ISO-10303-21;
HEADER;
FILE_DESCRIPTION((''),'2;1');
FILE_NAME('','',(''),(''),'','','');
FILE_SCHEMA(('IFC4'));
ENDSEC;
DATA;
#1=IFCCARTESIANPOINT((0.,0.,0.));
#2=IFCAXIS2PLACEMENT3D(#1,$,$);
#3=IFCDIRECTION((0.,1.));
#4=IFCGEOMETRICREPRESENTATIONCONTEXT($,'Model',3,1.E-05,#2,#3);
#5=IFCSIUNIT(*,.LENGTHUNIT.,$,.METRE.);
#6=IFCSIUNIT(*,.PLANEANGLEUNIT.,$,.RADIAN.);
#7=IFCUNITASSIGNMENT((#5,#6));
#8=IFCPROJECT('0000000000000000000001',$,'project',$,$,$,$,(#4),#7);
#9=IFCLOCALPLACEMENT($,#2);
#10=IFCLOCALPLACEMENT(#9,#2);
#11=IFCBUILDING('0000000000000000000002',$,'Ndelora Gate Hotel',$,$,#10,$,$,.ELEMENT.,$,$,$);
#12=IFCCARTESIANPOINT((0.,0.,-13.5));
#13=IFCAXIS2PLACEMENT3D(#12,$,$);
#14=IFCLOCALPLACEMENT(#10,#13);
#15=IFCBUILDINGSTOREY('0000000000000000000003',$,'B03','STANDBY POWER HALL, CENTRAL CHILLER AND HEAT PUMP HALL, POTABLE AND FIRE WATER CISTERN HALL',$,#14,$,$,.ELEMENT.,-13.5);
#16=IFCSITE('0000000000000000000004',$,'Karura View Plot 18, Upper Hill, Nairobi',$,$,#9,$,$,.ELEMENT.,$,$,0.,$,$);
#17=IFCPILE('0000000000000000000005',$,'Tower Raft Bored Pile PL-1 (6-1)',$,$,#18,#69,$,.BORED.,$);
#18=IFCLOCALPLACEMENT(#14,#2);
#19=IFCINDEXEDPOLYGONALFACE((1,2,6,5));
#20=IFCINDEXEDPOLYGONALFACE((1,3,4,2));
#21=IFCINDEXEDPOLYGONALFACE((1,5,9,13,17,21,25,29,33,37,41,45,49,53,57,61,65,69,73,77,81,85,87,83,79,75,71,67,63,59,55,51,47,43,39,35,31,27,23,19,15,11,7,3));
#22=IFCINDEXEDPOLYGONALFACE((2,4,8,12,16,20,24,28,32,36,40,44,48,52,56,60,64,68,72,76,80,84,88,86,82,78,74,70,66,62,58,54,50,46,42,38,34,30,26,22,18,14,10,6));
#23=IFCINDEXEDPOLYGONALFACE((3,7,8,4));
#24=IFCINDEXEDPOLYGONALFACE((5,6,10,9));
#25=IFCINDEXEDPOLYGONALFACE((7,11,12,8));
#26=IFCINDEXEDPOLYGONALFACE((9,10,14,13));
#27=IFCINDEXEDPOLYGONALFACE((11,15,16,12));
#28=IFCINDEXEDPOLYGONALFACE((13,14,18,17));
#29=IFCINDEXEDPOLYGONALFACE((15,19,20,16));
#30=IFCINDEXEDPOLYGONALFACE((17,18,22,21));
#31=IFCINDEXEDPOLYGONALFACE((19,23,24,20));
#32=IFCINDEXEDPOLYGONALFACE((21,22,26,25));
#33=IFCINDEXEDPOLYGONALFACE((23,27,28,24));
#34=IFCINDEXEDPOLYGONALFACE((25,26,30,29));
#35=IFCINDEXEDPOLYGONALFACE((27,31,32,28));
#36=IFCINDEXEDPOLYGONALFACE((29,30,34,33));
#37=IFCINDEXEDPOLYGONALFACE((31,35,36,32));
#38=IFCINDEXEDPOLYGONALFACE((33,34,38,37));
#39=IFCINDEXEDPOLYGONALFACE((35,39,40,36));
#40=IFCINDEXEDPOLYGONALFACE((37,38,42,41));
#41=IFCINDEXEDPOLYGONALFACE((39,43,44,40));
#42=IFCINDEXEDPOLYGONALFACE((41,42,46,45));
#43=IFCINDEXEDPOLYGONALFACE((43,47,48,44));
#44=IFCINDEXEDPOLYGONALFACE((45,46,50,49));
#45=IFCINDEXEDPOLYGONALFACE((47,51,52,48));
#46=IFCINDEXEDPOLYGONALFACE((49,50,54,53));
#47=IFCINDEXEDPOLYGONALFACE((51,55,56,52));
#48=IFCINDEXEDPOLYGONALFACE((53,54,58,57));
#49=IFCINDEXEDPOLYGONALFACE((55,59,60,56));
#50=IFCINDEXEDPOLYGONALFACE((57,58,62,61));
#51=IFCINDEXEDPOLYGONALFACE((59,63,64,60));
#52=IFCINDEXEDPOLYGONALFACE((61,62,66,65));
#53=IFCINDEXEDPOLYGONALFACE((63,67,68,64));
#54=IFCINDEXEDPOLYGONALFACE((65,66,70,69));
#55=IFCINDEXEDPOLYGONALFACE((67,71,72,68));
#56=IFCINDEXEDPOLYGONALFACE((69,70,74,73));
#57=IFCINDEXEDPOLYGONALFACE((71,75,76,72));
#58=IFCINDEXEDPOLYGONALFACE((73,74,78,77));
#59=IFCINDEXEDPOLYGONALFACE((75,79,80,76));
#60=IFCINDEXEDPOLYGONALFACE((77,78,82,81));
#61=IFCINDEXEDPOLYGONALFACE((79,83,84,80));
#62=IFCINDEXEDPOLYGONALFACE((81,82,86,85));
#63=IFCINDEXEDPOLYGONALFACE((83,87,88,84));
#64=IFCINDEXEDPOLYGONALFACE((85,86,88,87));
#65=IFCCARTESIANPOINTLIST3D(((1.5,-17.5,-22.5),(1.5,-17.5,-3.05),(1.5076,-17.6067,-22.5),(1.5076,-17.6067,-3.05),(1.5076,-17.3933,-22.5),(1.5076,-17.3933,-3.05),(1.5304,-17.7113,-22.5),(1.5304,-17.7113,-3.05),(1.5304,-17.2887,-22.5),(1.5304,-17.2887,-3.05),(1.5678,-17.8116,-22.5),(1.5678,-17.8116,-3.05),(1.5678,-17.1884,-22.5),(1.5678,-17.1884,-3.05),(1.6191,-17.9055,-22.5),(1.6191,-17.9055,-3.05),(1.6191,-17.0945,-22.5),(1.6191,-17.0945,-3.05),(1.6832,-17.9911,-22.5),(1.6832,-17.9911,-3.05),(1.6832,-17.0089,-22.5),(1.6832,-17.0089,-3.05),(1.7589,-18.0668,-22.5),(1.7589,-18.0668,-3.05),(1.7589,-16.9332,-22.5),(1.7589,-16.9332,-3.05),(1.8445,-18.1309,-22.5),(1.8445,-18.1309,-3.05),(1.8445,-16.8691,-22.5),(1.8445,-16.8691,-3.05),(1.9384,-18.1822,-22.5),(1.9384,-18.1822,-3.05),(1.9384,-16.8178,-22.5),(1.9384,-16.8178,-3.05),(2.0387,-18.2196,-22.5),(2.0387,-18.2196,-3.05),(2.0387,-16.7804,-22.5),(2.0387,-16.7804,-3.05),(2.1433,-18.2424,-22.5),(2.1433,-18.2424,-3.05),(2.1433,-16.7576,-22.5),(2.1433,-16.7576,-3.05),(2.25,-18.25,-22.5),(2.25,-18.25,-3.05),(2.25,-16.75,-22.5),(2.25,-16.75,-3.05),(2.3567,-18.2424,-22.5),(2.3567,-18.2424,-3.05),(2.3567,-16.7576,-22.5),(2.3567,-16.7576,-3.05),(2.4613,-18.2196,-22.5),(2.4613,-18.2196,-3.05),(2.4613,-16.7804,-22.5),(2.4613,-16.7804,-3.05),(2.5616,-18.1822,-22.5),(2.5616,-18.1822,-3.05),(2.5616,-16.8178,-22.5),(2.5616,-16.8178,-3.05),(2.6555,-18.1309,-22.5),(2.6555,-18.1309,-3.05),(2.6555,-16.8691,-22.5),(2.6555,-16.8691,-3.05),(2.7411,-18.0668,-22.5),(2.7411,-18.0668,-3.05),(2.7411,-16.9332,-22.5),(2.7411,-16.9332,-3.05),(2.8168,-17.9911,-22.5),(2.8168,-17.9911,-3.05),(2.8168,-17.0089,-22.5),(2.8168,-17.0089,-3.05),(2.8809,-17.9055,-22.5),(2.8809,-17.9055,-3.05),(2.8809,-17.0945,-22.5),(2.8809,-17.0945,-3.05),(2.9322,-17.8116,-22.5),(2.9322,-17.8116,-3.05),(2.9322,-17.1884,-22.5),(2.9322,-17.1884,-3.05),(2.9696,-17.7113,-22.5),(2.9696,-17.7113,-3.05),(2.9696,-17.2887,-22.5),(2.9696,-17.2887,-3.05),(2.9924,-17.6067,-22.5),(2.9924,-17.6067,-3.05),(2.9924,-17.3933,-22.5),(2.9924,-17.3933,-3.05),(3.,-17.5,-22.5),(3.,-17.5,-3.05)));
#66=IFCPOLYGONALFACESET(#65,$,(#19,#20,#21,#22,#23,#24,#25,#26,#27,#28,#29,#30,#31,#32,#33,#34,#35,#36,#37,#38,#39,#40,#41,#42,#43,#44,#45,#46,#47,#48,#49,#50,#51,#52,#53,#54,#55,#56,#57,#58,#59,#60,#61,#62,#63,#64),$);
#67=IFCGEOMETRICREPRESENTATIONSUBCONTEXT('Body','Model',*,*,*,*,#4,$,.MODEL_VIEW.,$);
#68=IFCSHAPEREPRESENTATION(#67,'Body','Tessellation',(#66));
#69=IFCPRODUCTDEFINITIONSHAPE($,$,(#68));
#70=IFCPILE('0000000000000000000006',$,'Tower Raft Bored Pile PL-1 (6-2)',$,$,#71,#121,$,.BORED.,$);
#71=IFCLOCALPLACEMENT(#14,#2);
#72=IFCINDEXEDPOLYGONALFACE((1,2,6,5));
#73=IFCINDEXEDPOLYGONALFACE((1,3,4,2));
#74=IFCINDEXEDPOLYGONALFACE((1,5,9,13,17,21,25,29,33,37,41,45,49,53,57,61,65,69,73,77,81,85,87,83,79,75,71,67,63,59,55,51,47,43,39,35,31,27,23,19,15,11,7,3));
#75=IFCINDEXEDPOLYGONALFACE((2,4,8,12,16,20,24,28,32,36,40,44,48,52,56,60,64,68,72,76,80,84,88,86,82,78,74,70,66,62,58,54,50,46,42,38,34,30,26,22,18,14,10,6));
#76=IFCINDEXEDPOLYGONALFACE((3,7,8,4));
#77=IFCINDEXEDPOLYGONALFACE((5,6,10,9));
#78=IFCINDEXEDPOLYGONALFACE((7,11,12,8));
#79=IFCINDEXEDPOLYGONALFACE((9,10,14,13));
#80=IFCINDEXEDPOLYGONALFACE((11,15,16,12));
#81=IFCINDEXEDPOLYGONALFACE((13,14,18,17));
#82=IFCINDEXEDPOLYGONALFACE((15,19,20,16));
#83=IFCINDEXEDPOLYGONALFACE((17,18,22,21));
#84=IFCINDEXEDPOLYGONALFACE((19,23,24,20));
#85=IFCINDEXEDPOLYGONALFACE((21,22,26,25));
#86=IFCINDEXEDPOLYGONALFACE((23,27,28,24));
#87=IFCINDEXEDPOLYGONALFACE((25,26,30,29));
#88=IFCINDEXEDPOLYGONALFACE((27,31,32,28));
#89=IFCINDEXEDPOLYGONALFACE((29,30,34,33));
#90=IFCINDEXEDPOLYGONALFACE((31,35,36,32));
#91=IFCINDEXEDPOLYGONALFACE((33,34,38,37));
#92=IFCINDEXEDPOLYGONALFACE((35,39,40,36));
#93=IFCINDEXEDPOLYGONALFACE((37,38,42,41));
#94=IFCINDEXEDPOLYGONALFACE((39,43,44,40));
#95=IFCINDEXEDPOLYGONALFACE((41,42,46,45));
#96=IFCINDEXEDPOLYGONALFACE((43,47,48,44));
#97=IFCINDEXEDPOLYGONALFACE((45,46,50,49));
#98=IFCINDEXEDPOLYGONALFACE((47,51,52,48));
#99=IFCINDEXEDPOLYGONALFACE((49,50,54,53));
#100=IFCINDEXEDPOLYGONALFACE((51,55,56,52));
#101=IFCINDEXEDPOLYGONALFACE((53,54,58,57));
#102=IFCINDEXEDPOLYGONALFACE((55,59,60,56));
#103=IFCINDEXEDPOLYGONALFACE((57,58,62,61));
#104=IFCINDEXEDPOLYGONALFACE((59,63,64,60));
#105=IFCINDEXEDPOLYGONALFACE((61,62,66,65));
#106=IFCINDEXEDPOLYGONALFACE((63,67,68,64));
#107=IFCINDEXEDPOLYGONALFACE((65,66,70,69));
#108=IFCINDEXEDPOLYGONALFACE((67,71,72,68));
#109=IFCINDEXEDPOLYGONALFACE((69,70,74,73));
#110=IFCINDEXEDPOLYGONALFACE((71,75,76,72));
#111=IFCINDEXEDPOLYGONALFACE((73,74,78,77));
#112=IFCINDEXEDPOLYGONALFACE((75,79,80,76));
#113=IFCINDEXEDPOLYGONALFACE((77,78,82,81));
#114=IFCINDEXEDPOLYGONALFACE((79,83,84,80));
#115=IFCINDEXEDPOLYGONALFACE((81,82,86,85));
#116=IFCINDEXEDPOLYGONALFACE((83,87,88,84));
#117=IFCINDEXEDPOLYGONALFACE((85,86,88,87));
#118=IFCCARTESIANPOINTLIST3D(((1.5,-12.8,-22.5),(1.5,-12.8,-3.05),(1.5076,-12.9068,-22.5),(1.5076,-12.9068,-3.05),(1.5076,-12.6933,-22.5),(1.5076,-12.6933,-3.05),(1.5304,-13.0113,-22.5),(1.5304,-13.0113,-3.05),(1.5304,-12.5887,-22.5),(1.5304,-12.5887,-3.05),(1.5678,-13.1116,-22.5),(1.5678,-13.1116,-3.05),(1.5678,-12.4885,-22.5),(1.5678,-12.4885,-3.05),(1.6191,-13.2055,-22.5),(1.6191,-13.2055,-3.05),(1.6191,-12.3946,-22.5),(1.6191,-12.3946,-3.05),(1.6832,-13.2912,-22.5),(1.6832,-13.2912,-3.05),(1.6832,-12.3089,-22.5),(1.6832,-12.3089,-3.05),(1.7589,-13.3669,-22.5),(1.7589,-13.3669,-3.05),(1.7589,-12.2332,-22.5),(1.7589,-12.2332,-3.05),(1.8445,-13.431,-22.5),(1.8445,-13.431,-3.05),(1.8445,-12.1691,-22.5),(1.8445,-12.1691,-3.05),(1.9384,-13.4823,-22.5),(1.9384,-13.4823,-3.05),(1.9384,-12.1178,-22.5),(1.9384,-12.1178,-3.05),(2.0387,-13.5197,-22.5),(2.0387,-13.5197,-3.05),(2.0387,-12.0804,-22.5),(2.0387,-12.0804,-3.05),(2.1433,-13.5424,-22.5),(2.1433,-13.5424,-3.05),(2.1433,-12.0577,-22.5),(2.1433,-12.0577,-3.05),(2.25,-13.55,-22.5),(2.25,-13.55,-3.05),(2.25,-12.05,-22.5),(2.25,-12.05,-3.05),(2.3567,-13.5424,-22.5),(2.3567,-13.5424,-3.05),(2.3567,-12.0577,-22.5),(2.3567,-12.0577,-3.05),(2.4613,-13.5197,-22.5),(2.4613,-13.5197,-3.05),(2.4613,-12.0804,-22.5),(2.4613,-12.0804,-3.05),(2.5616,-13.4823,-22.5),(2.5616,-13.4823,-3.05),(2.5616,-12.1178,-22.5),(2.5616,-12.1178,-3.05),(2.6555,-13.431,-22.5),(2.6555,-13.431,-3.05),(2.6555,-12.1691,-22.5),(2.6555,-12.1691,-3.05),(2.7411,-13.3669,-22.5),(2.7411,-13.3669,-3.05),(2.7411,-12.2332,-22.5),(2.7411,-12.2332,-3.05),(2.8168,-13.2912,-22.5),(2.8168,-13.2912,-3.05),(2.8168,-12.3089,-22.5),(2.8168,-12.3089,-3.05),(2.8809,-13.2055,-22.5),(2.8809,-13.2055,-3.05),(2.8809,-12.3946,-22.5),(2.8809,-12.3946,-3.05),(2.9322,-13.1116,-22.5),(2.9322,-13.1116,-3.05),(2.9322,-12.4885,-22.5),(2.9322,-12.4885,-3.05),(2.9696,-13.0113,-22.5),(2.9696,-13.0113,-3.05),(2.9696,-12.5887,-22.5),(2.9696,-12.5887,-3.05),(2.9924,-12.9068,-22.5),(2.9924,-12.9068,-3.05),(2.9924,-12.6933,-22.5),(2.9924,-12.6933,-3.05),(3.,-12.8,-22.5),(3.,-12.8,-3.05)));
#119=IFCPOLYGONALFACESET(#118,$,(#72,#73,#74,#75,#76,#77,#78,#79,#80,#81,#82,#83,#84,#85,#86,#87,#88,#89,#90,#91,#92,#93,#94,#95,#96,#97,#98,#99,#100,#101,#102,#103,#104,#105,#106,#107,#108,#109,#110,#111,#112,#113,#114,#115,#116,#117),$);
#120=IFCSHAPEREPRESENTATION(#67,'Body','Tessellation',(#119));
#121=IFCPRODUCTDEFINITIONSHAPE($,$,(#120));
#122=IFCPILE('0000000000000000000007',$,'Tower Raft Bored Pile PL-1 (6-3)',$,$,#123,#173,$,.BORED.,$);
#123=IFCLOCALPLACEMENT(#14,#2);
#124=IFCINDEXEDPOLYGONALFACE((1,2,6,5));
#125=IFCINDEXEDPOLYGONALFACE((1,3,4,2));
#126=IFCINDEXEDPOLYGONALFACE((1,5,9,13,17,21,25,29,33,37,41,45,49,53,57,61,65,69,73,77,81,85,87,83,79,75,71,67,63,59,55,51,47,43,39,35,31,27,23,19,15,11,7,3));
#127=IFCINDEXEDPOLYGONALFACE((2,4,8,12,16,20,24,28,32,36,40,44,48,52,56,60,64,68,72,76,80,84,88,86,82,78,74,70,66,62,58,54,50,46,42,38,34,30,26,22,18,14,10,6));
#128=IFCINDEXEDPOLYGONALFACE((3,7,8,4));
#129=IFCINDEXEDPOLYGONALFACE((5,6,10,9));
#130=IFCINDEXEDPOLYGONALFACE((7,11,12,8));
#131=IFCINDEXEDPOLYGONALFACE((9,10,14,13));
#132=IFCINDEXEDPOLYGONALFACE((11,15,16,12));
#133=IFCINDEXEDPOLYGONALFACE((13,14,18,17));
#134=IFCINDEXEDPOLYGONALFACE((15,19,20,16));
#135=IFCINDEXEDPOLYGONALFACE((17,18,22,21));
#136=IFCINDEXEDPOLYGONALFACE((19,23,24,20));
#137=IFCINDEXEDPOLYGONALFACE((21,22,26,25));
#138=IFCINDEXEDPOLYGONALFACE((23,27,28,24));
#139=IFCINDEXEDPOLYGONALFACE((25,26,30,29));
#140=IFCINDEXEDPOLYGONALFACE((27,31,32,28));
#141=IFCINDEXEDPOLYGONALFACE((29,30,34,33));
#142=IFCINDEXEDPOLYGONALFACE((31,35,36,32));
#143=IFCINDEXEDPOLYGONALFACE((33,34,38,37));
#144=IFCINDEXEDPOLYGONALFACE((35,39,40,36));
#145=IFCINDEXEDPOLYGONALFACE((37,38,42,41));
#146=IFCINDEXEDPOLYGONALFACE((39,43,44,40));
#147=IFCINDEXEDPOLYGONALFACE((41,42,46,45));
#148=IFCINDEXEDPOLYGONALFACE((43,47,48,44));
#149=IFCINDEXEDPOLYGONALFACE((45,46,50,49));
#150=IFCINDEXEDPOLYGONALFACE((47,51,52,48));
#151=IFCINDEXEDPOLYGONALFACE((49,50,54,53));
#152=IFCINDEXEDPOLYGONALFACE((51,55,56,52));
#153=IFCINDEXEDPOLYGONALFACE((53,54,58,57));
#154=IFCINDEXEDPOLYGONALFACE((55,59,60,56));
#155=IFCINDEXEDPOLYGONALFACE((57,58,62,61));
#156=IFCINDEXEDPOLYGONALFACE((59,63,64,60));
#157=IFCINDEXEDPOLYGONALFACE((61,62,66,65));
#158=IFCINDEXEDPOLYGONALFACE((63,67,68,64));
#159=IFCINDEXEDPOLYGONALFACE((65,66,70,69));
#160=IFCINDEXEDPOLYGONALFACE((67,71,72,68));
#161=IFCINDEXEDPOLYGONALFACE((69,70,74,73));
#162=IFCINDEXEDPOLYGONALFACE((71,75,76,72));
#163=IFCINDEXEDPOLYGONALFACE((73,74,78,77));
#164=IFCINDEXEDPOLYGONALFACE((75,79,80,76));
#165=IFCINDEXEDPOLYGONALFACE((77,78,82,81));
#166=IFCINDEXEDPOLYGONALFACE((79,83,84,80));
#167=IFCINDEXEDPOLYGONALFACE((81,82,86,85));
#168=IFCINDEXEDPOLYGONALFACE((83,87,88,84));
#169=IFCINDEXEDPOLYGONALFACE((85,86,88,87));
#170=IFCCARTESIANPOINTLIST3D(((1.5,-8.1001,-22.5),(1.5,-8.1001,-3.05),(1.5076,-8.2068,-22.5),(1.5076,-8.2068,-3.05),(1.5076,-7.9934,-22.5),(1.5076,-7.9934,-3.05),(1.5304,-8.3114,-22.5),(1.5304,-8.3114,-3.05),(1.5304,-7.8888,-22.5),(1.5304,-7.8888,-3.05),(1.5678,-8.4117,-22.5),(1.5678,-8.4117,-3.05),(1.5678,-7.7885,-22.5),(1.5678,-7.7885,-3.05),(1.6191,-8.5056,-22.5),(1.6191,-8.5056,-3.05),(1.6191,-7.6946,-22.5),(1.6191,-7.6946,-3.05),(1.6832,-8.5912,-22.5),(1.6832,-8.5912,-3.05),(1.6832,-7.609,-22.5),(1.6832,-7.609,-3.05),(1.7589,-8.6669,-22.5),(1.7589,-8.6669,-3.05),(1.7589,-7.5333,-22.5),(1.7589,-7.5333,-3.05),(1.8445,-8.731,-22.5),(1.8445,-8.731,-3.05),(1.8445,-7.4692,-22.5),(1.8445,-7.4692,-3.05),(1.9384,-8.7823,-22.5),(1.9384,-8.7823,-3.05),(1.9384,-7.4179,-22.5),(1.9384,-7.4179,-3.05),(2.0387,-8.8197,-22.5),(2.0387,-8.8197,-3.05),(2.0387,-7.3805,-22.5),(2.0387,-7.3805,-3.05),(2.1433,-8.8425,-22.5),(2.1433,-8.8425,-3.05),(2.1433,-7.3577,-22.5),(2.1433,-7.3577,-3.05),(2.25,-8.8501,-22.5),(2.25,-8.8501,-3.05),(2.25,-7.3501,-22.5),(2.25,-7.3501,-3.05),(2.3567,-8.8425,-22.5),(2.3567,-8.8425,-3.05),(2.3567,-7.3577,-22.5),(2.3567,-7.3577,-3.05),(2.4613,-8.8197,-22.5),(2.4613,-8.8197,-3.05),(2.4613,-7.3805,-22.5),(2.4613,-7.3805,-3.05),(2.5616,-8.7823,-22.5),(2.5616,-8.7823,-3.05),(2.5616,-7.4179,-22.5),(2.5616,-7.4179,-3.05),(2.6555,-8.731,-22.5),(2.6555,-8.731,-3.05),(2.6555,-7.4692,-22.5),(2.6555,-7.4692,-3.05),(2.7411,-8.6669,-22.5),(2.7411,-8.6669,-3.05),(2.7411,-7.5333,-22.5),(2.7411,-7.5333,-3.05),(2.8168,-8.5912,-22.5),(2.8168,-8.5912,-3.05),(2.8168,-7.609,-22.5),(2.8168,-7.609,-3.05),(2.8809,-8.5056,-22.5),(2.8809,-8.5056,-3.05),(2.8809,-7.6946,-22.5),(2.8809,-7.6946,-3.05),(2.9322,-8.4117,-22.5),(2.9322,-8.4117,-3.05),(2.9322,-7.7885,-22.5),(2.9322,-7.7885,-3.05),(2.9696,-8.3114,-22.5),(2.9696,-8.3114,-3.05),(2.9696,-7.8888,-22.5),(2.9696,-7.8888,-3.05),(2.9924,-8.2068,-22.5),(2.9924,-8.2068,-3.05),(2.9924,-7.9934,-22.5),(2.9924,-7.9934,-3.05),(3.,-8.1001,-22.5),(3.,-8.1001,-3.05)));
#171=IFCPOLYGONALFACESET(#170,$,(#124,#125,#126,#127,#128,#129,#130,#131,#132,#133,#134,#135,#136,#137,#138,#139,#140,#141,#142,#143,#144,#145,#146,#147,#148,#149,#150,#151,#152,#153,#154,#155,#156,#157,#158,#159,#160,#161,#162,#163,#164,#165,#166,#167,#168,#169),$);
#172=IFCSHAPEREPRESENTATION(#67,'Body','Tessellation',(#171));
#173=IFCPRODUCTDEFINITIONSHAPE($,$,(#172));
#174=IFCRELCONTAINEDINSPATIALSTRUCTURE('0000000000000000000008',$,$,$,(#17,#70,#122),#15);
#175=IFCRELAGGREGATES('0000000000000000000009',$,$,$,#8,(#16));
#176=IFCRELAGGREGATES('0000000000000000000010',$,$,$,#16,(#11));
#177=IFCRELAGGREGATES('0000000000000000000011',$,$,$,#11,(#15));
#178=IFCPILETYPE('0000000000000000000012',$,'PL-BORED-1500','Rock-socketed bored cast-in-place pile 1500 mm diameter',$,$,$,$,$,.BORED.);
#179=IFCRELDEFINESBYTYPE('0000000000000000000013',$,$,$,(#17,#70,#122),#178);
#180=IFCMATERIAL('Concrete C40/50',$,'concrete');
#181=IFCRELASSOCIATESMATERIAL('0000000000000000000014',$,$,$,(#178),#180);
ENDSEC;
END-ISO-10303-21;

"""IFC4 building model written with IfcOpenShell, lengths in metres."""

from ifc_helpers import new_model, si_unit, direction, frame, origin, origin_2d, place, context, subcontext, project, spatial, circle, extrude, material, material_profile, profile_set, type_object, element, save


model = new_model("IFC4")

# Units and contexts
model_context = context("Model", 3, precision=1e-05, world=origin(), true_north=direction((0.0, 1.0)))
body_context = subcontext(model_context, "Body", "Model", "MODEL_VIEW")
ifc_project = project(units=[si_unit("LENGTHUNIT", "METRE"), si_unit("PLANEANGLEUNIT", "RADIAN")], contexts=[model_context])

# Site, building, storey
site_placement = place(None, origin())
site = spatial("IfcSite", under=ifc_project, at=site_placement, Name="Karura View Plot 18, Upper Hill, Nairobi", CompositionType="ELEMENT", RefElevation=0.0)
building_placement = place(site_placement, origin())
building = spatial("IfcBuilding", under=site, at=building_placement, Name="Ndelora Gate Hotel", CompositionType="ELEMENT")
storey_placement = place(building_placement, frame((0.0, 0.0, -13.5)))
storey = spatial("IfcBuildingStorey", under=building, at=storey_placement, Name="B03", Description="STANDBY POWER HALL, CENTRAL CHILLER AND HEAT PUMP HALL, POTABLE AND FIRE WATER CISTERN HALL", CompositionType="ELEMENT", Elevation=-13.5)

# Piles
ifc_material_1 = material(Name="Concrete C40/50", Category="concrete")
ifc_material_profile_1 = material_profile(ifc_material_1, circle(Radius=0.75, at=origin_2d()), Name="PILE D1500")
ifc_profile_set_1 = profile_set([ifc_material_profile_1], Name="Concrete C40/50")
pile_type = type_object("IfcPileType", Name="PL-BORED-1500", Description="Rock-socketed bored cast-in-place pile 1500 mm diameter", PredefinedType="BORED", material=ifc_profile_set_1)
for number, where, z_axis, x_axis, name in (
    (1, (2.25, -17.5, -3.05), (0.0, 0.0, -1.0), (1.0, 0.0, 0.0), "Tower Raft Bored Pile PL-1 (6-1)"),
    (2, (2.25, -12.8, -3.05), (0.0, 0.0, -1.0), (1.0, 0.0, 0.0), "Tower Raft Bored Pile PL-1 (6-2)"),
    (3, (2.25, -8.1001, -3.05), (0.0, 0.0, -1.0), (1.0, 0.0, 0.0), "Tower Raft Bored Pile PL-1 (6-3)"),
):
    element("IfcPile", number, at=place(storey_placement, frame(where, z_axis=z_axis, x_axis=x_axis)), inside=storey, type_object=pile_type, Name=name, PredefinedType="BORED", context=body_context, shape_type="SweptSolid", body=[
        extrude(circle(Radius=0.75, at=origin_2d()), origin(), (0.0, 0.0, 1.0), 19.45),
    ])

save(model, "model.ifc")
